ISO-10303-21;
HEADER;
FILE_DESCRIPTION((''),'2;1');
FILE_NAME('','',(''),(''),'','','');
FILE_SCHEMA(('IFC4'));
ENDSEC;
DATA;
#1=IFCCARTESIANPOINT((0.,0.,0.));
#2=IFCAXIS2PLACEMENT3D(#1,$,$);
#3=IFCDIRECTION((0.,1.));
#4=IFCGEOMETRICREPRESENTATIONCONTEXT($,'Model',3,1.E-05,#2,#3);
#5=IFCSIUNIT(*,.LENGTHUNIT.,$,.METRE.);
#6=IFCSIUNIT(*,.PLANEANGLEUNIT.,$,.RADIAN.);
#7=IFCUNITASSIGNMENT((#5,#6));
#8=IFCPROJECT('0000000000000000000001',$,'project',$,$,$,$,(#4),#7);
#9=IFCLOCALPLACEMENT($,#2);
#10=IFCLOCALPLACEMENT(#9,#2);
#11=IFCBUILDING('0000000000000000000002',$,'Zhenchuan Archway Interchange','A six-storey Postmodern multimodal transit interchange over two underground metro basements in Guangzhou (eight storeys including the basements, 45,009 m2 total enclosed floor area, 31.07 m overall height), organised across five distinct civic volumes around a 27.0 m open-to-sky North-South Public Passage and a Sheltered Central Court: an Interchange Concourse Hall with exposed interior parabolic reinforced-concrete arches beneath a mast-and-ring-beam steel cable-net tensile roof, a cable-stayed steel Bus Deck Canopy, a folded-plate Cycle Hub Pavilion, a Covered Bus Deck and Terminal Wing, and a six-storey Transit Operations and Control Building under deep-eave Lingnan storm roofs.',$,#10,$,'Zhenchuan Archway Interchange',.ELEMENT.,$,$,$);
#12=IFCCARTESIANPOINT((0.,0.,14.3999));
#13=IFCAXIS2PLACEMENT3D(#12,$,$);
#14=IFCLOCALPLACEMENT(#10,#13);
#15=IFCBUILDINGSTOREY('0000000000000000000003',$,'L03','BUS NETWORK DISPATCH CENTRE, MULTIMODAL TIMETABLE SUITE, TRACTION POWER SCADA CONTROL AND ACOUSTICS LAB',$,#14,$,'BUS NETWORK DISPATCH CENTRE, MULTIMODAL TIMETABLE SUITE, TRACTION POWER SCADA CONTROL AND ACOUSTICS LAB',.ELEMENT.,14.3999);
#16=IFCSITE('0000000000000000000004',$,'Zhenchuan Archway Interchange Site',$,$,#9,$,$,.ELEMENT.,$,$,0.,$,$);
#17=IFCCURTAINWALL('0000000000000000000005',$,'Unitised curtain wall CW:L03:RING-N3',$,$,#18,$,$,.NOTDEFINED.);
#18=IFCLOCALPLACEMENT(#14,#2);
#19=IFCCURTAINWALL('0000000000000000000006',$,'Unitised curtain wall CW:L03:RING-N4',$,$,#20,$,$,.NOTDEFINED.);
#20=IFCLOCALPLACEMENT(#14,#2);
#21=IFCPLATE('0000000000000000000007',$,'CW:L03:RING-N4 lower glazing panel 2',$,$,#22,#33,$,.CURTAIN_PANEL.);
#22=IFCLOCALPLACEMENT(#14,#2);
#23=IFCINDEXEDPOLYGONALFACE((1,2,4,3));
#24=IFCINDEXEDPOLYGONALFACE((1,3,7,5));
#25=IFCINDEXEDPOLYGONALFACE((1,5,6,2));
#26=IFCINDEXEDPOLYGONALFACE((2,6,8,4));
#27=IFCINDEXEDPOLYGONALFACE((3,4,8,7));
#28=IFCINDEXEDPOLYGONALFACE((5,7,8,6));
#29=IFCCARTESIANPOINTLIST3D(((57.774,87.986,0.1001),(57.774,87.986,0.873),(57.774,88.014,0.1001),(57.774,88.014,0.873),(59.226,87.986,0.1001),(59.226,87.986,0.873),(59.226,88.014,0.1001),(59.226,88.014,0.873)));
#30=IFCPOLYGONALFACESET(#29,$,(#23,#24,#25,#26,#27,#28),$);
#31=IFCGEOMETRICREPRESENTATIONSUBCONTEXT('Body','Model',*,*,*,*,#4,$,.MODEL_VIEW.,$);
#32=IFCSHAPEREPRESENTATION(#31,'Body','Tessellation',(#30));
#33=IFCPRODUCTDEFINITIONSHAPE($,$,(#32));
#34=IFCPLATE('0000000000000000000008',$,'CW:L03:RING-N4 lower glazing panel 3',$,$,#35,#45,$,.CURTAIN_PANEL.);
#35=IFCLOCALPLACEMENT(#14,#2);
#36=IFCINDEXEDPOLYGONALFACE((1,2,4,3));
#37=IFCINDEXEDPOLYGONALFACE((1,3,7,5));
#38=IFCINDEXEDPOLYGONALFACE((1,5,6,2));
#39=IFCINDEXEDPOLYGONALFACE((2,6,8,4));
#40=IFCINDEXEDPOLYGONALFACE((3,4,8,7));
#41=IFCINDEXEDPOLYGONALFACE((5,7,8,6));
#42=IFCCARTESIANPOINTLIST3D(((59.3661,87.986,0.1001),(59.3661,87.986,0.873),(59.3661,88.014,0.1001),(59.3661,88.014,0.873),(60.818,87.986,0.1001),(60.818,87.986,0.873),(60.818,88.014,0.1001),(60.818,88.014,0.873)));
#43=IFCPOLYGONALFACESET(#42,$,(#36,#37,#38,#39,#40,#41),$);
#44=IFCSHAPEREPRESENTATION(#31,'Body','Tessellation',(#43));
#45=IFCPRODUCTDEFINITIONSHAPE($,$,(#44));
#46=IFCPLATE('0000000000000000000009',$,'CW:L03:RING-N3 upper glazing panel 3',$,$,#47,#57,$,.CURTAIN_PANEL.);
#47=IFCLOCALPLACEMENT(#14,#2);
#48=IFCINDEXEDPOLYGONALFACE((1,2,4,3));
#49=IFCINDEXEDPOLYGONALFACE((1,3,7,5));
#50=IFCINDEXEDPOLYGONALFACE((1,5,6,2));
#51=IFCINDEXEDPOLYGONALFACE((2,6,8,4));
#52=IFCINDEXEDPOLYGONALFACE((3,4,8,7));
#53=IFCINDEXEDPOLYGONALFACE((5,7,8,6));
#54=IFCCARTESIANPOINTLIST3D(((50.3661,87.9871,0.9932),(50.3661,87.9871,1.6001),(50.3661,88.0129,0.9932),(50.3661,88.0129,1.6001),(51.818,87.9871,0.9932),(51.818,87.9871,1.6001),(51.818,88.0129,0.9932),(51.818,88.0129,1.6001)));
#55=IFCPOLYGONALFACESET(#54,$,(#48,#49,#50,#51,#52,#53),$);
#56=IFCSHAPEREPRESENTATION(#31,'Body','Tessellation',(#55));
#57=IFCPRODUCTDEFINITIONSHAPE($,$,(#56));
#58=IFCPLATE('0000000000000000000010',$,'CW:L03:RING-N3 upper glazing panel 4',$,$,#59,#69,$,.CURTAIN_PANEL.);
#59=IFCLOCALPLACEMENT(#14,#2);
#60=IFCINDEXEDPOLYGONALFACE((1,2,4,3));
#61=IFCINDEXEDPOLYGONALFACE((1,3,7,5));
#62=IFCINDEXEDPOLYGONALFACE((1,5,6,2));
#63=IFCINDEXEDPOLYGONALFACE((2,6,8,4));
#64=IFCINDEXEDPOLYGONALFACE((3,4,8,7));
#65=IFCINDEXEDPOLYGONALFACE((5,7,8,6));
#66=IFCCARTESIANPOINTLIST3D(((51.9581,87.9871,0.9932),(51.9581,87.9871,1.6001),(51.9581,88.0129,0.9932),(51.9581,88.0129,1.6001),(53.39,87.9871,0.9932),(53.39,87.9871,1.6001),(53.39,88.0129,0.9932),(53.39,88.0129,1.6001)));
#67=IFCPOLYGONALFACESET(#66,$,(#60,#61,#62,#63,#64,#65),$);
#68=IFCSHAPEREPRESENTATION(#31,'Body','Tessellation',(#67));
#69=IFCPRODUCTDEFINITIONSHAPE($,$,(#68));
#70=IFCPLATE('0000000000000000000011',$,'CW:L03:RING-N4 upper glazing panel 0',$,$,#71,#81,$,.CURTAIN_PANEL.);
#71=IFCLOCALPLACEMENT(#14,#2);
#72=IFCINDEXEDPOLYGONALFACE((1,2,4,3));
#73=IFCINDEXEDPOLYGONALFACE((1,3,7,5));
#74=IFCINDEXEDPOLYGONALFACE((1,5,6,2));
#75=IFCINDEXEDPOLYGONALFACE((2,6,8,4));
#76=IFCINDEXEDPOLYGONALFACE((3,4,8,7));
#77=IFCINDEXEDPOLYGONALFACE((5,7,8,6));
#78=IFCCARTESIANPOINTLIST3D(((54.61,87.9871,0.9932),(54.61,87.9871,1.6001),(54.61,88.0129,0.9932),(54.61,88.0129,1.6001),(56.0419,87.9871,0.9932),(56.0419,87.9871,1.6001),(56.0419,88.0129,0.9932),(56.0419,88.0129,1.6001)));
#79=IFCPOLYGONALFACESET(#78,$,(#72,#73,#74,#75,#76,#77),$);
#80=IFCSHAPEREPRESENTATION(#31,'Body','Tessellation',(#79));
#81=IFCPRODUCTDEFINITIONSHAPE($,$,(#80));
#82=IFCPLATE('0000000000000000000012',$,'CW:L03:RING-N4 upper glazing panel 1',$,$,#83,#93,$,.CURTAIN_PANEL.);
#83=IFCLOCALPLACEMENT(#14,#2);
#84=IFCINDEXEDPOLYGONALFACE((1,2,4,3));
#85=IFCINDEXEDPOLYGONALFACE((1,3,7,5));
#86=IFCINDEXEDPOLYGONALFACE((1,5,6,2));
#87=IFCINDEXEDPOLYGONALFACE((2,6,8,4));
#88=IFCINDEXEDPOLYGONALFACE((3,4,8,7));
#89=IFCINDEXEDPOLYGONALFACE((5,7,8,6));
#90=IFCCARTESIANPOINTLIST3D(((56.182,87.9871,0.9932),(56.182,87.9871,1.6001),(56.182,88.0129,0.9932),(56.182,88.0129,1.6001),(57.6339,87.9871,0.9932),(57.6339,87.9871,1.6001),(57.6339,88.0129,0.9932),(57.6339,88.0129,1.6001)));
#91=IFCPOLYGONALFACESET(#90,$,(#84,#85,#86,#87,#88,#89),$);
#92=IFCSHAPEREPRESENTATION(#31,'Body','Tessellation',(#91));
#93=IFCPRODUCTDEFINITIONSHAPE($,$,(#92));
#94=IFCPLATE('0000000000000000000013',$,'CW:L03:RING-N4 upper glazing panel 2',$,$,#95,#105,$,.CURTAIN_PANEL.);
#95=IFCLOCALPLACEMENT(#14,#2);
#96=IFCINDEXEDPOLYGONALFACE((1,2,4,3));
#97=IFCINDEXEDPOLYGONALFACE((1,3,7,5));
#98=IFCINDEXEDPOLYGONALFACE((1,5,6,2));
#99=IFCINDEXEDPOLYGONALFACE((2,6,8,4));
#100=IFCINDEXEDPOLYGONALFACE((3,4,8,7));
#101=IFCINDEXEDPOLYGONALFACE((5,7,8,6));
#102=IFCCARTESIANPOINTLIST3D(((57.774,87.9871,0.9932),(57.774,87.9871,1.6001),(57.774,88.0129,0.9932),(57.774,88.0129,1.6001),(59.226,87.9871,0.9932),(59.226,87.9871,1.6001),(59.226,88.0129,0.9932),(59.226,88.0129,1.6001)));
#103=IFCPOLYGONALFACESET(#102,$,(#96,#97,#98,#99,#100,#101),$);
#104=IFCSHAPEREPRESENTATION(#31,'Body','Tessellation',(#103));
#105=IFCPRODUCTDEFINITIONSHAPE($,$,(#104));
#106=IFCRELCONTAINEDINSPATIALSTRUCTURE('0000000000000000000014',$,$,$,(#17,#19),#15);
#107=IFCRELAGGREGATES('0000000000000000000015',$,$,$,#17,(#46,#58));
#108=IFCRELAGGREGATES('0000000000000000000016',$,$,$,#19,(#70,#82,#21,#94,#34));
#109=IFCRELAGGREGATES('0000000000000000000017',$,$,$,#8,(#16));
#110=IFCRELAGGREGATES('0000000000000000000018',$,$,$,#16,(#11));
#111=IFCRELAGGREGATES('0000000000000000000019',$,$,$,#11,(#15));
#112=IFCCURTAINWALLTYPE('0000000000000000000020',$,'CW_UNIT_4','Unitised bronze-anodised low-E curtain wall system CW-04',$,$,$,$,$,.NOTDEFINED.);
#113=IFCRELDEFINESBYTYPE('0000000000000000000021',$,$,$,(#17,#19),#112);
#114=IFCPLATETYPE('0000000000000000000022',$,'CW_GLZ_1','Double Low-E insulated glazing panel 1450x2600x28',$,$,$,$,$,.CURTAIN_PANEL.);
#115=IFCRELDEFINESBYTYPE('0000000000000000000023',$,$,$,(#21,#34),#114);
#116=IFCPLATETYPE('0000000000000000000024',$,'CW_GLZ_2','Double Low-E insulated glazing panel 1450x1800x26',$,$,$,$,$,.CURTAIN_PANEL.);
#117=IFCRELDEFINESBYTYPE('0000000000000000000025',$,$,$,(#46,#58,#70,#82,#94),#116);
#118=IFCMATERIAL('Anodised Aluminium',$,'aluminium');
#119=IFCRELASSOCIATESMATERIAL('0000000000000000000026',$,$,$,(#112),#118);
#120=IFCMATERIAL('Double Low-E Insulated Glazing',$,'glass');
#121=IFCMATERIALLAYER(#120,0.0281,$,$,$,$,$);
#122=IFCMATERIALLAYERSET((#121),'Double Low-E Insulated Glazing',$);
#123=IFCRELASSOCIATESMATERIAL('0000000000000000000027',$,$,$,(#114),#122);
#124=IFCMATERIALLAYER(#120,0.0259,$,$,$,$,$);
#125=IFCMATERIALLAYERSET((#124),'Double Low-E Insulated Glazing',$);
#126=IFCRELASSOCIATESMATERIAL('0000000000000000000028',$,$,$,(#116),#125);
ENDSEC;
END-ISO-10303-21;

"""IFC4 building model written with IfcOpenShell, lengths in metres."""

from ifc_helpers import new_model, si_unit, direction, frame, origin, origin_2d, place, context, subcontext, project, spatial, rectangle, extrude, material, layer, layer_set, type_object, element, aggregate, save


model = new_model("IFC4")

# Units and contexts
model_context = context("Model", 3, precision=1e-05, world=origin(), true_north=direction((0.0, 1.0)))
body_context = subcontext(model_context, "Body", "Model", "MODEL_VIEW")
ifc_project = project(units=[si_unit("LENGTHUNIT", "METRE"), si_unit("PLANEANGLEUNIT", "RADIAN")], contexts=[model_context])

# Site, building, storey
site_placement = place(None, origin())
site = spatial("IfcSite", under=ifc_project, at=site_placement, Name="Zhenchuan Archway Interchange Site", CompositionType="ELEMENT", RefElevation=0.0)
building_placement = place(site_placement, origin())
building = spatial("IfcBuilding", under=site, at=building_placement, Name="Zhenchuan Archway Interchange", Description="A six-storey Postmodern multimodal transit interchange over two underground metro basements in Guangzhou (eight storeys including the basements, 45,009 m2 total enclosed floor area, 31.07 m overall height), organised across five distinct civic volumes around a 27.0 m open-to-sky North-South Public Passage and a Sheltered Central Court: an Interchange Concourse Hall with exposed interior parabolic reinforced-concrete arches beneath a mast-and-ring-beam steel cable-net tensile roof, a cable-stayed steel Bus Deck Canopy, a folded-plate Cycle Hub Pavilion, a Covered Bus Deck and Terminal Wing, and a six-storey Transit Operations and Control Building under deep-eave Lingnan storm roofs.", LongName="Zhenchuan Archway Interchange", CompositionType="ELEMENT")
storey_placement = place(building_placement, frame((0.0, 0.0, 14.3999)))
storey = spatial("IfcBuildingStorey", under=building, at=storey_placement, Name="L03", Description="BUS NETWORK DISPATCH CENTRE, MULTIMODAL TIMETABLE SUITE, TRACTION POWER SCADA CONTROL AND ACOUSTICS LAB", LongName="BUS NETWORK DISPATCH CENTRE, MULTIMODAL TIMETABLE SUITE, TRACTION POWER SCADA CONTROL AND ACOUSTICS LAB", CompositionType="ELEMENT", Elevation=14.3999)

# Curtain walls
ifc_material_1 = material(Name="Anodised Aluminium", Category="aluminium")
curtain_wall_type = type_object("IfcCurtainWallType", Name="CW_UNIT_4", Description="Unitised bronze-anodised low-E curtain wall system CW-04", PredefinedType="NOTDEFINED", material=ifc_material_1)
curtain_wall_1_placement = place(storey_placement, origin())
curtain_wall_1 = element("IfcCurtainWall", 1, at=curtain_wall_1_placement, inside=storey, type_object=curtain_wall_type, Name="Unitised curtain wall CW:L03:RING-N3", PredefinedType="NOTDEFINED")
curtain_wall_2_placement = place(storey_placement, origin())
curtain_wall_2 = element("IfcCurtainWall", 2, at=curtain_wall_2_placement, inside=storey, type_object=curtain_wall_type, Name="Unitised curtain wall CW:L03:RING-N4", PredefinedType="NOTDEFINED")

# Plates
ifc_material_2 = material(Name="Double Low-E Insulated Glazing", Category="glass")
ifc_layer_1 = layer(ifc_material_2, 0.0281)
ifc_layer_set_1 = layer_set([ifc_layer_1], Name="Double Low-E Insulated Glazing")
plate_type_1 = type_object("IfcPlateType", Name="CW_GLZ_1", Description="Double Low-E insulated glazing panel 1450x2600x28", PredefinedType="CURTAIN_PANEL", material=ifc_layer_set_1)
plate_1_placement = place(storey_placement, frame((58.5, 88.0, 0.1001), z_axis=(0.0, 0.0, 1.0), x_axis=(1.0, 0.0, 0.0)))
plate_1 = element("IfcPlate", 3, at=plate_1_placement, type_object=plate_type_1, Name="CW:L03:RING-N4 lower glazing panel 2", PredefinedType="CURTAIN_PANEL", context=body_context, shape_type="SweptSolid", body=[
    extrude(rectangle(XDim=1.4519, YDim=0.0281, at=origin_2d()), origin(), (0.0, 0.0, 1.0), 0.7729),
])
plate_2_placement = place(storey_placement, frame((60.092, 88.0, 0.1001), z_axis=(0.0, 0.0, 1.0), x_axis=(1.0, 0.0, 0.0)))
plate_2 = element("IfcPlate", 4, at=plate_2_placement, type_object=plate_type_1, Name="CW:L03:RING-N4 lower glazing panel 3", PredefinedType="CURTAIN_PANEL", context=body_context, shape_type="SweptSolid", body=[
    extrude(rectangle(XDim=1.4519, YDim=0.0281, at=origin_2d()), origin(), (0.0, 0.0, 1.0), 0.7729),
])
ifc_layer_2 = layer(ifc_material_2, 0.0259)
ifc_layer_set_2 = layer_set([ifc_layer_2], Name="Double Low-E Insulated Glazing")
plate_type_2 = type_object("IfcPlateType", Name="CW_GLZ_2", Description="Double Low-E insulated glazing panel 1450x1800x26", PredefinedType="CURTAIN_PANEL", material=ifc_layer_set_2)
plate_3_placement = place(storey_placement, frame((51.092, 88.0, 0.9932), z_axis=(0.0, 0.0, 1.0), x_axis=(1.0, 0.0, 0.0)))
plate_3 = element("IfcPlate", 5, at=plate_3_placement, type_object=plate_type_2, Name="CW:L03:RING-N3 upper glazing panel 3", PredefinedType="CURTAIN_PANEL", context=body_context, shape_type="SweptSolid", body=[
    extrude(rectangle(XDim=1.4519, YDim=0.0259, at=origin_2d()), origin(), (0.0, 0.0, 1.0), 0.6069),
])
plate_4_placement = place(storey_placement, frame((52.6741, 88.0, 0.9932), z_axis=(0.0, 0.0, 1.0), x_axis=(1.0, 0.0, 0.0)))
plate_4 = element("IfcPlate", 6, at=plate_4_placement, type_object=plate_type_2, Name="CW:L03:RING-N3 upper glazing panel 4", PredefinedType="CURTAIN_PANEL", context=body_context, shape_type="SweptSolid", body=[
    extrude(rectangle(XDim=1.4319, YDim=0.0259, at=origin_2d()), origin(), (0.0, 0.0, 1.0), 0.6069),
])
aggregate(curtain_wall_1, [plate_3, plate_4])
plate_5_placement = place(storey_placement, frame((55.3259, 88.0, 0.9932), z_axis=(0.0, 0.0, 1.0), x_axis=(1.0, 0.0, 0.0)))
plate_5 = element("IfcPlate", 7, at=plate_5_placement, type_object=plate_type_2, Name="CW:L03:RING-N4 upper glazing panel 0", PredefinedType="CURTAIN_PANEL", context=body_context, shape_type="SweptSolid", body=[
    extrude(rectangle(XDim=1.4319, YDim=0.0259, at=origin_2d()), origin(), (0.0, 0.0, 1.0), 0.6069),
])
plate_6_placement = place(storey_placement, frame((56.908, 88.0, 0.9932), z_axis=(0.0, 0.0, 1.0), x_axis=(1.0, 0.0, 0.0)))
plate_6 = element("IfcPlate", 8, at=plate_6_placement, type_object=plate_type_2, Name="CW:L03:RING-N4 upper glazing panel 1", PredefinedType="CURTAIN_PANEL", context=body_context, shape_type="SweptSolid", body=[
    extrude(rectangle(XDim=1.4519, YDim=0.0259, at=origin_2d()), origin(), (0.0, 0.0, 1.0), 0.6069),
])
plate_7_placement = place(storey_placement, frame((58.5, 88.0, 0.9932), z_axis=(0.0, 0.0, 1.0), x_axis=(1.0, 0.0, 0.0)))
plate_7 = element("IfcPlate", 9, at=plate_7_placement, type_object=plate_type_2, Name="CW:L03:RING-N4 upper glazing panel 2", PredefinedType="CURTAIN_PANEL", context=body_context, shape_type="SweptSolid", body=[
    extrude(rectangle(XDim=1.4519, YDim=0.0259, at=origin_2d()), origin(), (0.0, 0.0, 1.0), 0.6069),
])
aggregate(curtain_wall_2, [plate_5, plate_6, plate_1, plate_7, plate_2])

save(model, "model.ifc")
